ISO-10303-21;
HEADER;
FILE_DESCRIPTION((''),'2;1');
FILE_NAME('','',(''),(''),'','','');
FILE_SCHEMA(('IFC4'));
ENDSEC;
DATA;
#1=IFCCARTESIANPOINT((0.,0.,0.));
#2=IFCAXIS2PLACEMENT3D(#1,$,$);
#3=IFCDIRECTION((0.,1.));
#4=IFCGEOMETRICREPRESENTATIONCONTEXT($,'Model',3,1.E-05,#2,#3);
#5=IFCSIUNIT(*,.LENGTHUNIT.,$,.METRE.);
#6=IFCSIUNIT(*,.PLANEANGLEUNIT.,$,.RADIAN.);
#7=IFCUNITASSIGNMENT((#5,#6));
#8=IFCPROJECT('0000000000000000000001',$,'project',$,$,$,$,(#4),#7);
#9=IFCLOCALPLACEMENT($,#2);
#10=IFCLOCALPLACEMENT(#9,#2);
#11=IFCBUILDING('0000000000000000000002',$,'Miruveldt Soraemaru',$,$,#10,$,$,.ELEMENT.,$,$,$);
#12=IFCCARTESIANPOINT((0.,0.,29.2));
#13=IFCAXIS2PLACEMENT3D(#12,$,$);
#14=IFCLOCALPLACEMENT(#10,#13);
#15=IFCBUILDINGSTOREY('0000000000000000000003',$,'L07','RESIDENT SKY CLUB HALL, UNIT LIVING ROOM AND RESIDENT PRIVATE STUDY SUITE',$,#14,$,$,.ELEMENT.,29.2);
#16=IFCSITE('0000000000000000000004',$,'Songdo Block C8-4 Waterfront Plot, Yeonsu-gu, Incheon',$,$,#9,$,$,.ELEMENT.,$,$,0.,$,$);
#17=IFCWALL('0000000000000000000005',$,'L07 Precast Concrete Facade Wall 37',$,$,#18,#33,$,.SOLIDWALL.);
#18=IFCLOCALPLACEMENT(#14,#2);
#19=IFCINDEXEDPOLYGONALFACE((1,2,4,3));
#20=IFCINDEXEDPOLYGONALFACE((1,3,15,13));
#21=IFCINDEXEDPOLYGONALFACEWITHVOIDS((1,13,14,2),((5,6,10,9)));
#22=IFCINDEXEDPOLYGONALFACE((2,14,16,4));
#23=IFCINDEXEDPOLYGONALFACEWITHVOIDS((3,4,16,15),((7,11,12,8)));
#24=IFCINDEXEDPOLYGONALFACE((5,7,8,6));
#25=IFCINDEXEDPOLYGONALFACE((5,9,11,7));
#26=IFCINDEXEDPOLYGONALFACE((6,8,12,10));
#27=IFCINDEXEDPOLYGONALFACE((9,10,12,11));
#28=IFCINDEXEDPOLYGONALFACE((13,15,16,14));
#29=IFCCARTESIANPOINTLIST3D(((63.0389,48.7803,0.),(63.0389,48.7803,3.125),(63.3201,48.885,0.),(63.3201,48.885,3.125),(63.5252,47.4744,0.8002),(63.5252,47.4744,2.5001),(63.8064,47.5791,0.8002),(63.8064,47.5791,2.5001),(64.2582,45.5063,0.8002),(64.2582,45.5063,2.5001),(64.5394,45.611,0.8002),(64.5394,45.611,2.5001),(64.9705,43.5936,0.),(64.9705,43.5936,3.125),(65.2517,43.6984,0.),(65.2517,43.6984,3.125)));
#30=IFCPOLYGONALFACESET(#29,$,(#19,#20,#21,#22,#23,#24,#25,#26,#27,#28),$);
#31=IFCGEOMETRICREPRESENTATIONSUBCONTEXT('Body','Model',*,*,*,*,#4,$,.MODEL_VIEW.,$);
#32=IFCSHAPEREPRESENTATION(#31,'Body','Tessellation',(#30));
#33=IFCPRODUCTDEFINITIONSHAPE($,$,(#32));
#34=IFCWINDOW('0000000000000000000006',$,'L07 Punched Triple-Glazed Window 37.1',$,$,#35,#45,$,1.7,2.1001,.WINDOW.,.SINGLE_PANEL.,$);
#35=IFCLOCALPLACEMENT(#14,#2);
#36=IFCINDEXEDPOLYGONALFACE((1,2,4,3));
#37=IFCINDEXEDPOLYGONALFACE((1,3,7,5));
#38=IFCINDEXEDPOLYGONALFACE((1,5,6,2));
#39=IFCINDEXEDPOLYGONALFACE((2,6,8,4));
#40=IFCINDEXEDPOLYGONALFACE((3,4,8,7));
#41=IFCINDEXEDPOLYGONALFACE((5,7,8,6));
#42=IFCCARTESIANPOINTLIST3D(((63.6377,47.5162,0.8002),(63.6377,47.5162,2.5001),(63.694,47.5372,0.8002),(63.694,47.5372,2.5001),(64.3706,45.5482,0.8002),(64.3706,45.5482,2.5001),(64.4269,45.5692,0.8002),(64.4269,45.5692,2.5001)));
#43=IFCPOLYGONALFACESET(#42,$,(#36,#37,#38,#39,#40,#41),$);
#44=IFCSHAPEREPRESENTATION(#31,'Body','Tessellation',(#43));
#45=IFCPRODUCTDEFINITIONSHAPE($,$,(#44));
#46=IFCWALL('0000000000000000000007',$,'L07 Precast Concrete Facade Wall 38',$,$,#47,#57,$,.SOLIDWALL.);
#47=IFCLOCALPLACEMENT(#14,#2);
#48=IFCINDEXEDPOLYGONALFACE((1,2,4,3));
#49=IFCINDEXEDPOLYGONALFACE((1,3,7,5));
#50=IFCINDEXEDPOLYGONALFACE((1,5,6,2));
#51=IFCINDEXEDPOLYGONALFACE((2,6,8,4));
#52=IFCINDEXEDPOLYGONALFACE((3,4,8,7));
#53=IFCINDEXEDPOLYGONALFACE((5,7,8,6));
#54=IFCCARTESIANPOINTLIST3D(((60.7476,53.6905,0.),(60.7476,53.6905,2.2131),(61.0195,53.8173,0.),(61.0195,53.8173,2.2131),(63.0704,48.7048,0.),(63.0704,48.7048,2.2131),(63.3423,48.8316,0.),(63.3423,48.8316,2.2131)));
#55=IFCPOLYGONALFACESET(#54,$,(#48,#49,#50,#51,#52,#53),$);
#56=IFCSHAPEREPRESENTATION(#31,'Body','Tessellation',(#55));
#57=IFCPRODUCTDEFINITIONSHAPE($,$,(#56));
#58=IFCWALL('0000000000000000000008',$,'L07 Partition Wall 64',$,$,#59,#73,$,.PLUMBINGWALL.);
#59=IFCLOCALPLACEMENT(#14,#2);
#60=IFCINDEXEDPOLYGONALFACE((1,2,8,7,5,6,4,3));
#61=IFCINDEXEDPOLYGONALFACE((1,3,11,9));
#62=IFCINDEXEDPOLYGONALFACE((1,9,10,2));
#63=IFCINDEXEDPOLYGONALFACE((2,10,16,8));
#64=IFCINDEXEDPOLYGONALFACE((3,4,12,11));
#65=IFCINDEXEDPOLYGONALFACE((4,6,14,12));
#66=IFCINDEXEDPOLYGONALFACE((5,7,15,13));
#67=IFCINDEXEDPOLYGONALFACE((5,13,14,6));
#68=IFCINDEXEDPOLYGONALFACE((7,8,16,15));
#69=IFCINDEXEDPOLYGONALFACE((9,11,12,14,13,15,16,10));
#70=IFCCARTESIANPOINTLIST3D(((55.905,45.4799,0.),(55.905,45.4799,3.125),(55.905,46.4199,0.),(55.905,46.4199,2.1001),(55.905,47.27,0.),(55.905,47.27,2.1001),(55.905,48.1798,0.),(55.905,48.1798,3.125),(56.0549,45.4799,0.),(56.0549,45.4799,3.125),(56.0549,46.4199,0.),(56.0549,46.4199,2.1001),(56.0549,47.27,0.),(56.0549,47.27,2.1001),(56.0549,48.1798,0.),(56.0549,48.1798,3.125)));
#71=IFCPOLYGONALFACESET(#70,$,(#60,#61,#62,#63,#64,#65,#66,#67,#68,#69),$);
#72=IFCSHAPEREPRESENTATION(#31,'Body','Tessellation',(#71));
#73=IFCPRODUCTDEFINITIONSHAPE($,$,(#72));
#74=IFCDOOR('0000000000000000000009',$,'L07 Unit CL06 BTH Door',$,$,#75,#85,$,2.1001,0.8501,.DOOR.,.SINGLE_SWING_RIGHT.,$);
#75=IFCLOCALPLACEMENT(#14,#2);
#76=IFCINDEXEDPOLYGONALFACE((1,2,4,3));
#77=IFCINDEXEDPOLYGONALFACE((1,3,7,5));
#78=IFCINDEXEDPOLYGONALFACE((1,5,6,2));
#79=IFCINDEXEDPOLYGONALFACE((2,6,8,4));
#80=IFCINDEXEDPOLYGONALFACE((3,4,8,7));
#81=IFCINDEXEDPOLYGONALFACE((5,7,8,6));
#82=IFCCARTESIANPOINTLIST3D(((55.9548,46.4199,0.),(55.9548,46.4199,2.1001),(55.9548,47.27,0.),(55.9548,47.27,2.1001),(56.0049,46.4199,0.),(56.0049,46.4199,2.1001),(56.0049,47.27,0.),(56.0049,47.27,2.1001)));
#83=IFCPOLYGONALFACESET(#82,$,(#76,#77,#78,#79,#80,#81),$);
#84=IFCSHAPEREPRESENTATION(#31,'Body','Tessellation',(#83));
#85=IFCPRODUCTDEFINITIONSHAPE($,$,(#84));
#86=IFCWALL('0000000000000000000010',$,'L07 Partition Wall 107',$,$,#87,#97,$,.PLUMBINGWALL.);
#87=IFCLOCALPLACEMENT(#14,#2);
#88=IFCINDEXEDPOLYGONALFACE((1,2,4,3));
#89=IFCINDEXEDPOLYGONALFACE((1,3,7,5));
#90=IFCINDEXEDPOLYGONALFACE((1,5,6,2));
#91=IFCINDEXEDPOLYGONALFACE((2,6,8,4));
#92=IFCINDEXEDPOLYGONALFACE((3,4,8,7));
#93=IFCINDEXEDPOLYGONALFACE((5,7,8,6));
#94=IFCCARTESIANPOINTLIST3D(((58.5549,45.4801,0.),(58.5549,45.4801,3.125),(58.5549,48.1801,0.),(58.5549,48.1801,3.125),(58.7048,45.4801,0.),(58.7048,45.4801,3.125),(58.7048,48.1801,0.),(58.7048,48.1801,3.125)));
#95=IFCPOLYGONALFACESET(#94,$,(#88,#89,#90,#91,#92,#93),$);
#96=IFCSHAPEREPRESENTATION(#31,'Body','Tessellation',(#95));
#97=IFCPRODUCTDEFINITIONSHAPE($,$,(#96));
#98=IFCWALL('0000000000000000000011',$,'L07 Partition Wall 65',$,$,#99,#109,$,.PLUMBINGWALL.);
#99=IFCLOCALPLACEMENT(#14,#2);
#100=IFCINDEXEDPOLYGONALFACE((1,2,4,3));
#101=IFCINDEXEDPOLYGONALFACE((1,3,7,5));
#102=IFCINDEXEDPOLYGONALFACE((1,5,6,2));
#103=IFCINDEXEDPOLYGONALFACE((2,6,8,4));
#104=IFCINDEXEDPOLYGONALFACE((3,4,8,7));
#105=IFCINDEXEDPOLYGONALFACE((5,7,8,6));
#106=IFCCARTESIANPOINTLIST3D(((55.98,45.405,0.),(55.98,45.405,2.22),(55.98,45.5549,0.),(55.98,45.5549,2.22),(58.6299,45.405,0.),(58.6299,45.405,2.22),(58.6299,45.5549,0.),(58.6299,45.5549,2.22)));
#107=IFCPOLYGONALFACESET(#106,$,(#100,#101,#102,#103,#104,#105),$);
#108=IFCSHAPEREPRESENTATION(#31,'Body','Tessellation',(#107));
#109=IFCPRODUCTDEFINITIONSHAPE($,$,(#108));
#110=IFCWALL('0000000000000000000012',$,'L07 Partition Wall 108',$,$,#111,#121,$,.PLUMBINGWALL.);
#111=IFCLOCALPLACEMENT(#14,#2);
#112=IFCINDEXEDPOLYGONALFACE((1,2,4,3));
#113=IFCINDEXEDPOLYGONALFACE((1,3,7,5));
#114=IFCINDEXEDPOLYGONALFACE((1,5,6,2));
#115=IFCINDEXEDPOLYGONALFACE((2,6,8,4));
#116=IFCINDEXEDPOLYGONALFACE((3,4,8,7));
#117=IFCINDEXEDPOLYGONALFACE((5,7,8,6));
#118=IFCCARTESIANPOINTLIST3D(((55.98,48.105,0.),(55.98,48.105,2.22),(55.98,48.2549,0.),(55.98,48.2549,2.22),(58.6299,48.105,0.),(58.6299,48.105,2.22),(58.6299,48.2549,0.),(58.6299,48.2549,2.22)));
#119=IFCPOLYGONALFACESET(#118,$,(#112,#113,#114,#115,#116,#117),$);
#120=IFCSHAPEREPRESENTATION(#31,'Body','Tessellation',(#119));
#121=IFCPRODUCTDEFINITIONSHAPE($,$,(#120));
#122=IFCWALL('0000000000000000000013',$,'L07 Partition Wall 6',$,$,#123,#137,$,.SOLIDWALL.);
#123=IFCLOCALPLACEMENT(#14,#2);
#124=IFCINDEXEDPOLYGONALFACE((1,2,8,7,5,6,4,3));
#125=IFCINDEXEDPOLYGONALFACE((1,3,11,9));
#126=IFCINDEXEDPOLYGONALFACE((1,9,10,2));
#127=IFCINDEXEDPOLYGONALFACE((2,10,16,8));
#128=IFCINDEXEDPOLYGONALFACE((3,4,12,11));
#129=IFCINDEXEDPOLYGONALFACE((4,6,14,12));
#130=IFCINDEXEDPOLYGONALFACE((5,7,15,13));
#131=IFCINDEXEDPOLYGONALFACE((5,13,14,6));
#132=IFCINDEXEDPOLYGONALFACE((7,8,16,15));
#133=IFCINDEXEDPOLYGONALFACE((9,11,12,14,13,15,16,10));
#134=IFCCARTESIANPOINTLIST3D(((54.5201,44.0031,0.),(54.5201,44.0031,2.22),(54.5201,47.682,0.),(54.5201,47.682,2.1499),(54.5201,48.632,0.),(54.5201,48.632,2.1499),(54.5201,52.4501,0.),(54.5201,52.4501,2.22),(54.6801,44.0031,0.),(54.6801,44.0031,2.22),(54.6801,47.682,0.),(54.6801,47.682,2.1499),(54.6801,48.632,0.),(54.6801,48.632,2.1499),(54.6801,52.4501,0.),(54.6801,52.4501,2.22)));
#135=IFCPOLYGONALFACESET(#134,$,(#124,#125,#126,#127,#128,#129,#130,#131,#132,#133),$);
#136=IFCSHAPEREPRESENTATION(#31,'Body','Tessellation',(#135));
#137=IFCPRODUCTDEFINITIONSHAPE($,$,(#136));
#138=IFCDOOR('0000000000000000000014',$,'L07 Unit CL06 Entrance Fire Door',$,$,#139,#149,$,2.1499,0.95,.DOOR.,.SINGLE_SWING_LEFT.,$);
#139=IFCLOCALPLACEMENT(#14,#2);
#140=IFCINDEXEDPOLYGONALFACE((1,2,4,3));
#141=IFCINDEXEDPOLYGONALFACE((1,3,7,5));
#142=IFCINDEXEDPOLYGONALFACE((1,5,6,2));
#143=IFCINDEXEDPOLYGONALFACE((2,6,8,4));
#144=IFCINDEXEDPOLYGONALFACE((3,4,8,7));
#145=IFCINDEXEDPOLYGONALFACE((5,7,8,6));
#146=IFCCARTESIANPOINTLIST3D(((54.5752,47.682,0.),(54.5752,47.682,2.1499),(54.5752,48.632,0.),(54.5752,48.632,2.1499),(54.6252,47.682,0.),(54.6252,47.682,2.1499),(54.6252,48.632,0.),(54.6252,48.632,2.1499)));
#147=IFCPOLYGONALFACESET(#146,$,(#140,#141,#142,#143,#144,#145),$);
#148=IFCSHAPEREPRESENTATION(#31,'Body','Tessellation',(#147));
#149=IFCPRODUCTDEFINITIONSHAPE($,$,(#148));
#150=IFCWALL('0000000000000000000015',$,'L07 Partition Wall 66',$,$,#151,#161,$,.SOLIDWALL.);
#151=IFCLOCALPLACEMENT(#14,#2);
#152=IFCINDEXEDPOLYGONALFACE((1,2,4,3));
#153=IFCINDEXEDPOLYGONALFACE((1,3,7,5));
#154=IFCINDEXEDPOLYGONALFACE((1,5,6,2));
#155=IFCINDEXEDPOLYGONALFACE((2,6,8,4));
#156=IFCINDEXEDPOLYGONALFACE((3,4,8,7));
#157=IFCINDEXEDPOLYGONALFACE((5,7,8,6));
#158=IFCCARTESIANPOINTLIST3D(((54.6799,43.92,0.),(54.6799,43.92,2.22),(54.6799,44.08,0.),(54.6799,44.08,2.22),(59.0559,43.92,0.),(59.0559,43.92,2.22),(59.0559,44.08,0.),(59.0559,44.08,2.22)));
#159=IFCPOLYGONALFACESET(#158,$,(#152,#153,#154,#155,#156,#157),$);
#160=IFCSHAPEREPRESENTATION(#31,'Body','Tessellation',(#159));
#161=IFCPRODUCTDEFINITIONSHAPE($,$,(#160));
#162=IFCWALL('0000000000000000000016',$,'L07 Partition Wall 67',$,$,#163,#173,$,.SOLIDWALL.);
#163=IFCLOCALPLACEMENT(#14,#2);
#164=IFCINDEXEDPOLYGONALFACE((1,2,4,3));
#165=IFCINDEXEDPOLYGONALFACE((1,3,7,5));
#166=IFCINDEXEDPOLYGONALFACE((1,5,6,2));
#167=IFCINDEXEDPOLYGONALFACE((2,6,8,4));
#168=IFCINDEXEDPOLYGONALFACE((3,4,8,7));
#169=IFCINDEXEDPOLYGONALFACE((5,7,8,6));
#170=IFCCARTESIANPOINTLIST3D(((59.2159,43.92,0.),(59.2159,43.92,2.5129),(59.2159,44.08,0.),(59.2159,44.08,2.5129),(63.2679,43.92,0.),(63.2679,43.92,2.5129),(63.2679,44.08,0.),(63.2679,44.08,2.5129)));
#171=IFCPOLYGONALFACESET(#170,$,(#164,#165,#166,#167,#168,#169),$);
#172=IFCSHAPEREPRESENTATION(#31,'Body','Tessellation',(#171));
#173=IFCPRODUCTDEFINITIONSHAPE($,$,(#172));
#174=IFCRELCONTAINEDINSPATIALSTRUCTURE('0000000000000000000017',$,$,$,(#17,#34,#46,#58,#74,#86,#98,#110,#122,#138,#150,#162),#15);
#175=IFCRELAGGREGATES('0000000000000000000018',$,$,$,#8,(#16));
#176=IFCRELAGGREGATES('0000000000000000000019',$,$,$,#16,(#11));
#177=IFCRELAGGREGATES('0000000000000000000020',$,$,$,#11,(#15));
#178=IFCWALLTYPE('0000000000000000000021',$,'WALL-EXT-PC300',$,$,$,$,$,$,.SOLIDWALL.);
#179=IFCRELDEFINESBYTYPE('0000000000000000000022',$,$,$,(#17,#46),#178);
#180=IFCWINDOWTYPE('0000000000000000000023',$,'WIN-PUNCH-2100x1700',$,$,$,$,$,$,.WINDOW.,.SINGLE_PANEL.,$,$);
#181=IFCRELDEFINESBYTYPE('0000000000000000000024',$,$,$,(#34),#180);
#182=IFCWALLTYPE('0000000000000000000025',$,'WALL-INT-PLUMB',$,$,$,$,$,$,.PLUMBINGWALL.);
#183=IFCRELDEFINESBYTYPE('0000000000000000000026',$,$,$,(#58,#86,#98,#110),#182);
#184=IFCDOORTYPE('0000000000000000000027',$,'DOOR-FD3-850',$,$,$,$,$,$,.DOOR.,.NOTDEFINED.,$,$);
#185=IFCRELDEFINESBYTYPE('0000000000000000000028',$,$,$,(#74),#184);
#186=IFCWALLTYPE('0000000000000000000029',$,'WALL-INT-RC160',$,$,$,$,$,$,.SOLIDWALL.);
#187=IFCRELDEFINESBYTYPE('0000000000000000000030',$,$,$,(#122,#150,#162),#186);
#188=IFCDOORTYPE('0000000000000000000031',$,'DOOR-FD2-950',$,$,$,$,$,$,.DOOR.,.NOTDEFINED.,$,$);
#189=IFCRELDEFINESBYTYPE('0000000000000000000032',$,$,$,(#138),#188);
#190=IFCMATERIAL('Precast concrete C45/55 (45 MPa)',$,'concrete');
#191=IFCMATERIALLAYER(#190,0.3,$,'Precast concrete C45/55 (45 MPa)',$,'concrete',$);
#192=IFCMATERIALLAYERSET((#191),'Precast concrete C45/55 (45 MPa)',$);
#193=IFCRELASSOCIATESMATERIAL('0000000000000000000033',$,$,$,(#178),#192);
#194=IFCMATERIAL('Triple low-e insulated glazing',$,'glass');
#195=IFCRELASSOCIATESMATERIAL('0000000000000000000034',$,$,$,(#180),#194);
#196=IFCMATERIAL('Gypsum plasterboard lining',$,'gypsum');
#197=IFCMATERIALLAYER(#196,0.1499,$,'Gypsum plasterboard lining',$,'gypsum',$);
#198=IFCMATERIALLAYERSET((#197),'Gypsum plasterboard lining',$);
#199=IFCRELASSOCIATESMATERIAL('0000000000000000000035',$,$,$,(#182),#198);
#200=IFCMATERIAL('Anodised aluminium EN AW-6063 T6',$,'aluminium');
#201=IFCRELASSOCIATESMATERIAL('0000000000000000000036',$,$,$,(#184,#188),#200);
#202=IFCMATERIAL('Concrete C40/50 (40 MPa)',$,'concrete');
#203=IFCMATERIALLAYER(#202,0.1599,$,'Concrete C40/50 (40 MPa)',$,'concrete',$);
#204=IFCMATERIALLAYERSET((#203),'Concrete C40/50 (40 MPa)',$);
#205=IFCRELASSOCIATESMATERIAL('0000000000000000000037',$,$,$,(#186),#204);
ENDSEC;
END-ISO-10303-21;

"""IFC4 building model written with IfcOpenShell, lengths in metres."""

from ifc_helpers import new_model, si_unit, direction, frame, frame_2d, origin, place, context, subcontext, project, spatial, rectangle, extrude, material, layer, layer_set, type_object, element, fill, save


model = new_model("IFC4")

# Units and contexts
model_context = context("Model", 3, precision=1e-05, world=origin(), true_north=direction((0.0, 1.0)))
body_context = subcontext(model_context, "Body", "Model", "MODEL_VIEW")
ifc_project = project(units=[si_unit("LENGTHUNIT", "METRE"), si_unit("PLANEANGLEUNIT", "RADIAN")], contexts=[model_context])

# Site, building, storey
site_placement = place(None, origin())
site = spatial("IfcSite", under=ifc_project, at=site_placement, Name="Songdo Block C8-4 Waterfront Plot, Yeonsu-gu, Incheon", CompositionType="ELEMENT", RefElevation=0.0)
building_placement = place(site_placement, origin())
building = spatial("IfcBuilding", under=site, at=building_placement, Name="Miruveldt Soraemaru", CompositionType="ELEMENT")
storey_placement = place(building_placement, frame((0.0, 0.0, 29.2)))
storey = spatial("IfcBuildingStorey", under=building, at=storey_placement, Name="L07", Description="RESIDENT SKY CLUB HALL, UNIT LIVING ROOM AND RESIDENT PRIVATE STUDY SUITE", CompositionType="ELEMENT", Elevation=29.2)

# Wall, opening, window
ifc_material_1 = material(Name="Precast concrete C45/55 (45 MPa)", Category="concrete")
ifc_layer_1 = layer(ifc_material_1, 0.3, Name="Precast concrete C45/55 (45 MPa)", Category="concrete")
ifc_layer_set_1 = layer_set([ifc_layer_1], Name="Precast concrete C45/55 (45 MPa)")
wall_type_1 = type_object("IfcWallType", Name="WALL-EXT-PC300", PredefinedType="SOLIDWALL", material=ifc_layer_set_1)
wall_1_placement = place(storey_placement, frame((65.1111, 43.646, 0.0), z_axis=(0.0, 0.0, 1.0), x_axis=(-0.349, 0.937123, 0.0)))
wall_1 = element("IfcWall", 1, at=wall_1_placement, inside=storey, type_object=wall_type_1, Name="L07 Precast Concrete Facade Wall 37", PredefinedType="SOLIDWALL", context=body_context, shape_type="SweptSolid", body=[
    extrude(rectangle(XDim=5.5347, YDim=0.3, at=frame_2d((2.7673, 0.0))), origin(), (0.0, 0.0, 1.0), 3.125),
])
opening_1_placement = place(wall_1_placement, frame((2.041, 0.0, 0.8)))
opening_1 = element("IfcOpeningElement", 2, at=opening_1_placement, cuts=wall_1, PredefinedType="OPENING", context=body_context, shape_type="SweptSolid", body=[
    extrude(rectangle(XDim=2.1001, YDim=1.7, at=frame_2d((1.05, 0.8501))), frame((0.0, 0.1602, 0.0), z_axis=(0.0, -1.0, 0.0), x_axis=(1.0, 0.0, 0.0)), (0.0, 0.0, 1.0), 0.3201),
])
ifc_material_2 = material(Name="Triple low-e insulated glazing", Category="glass")
window_type = type_object("IfcWindowType", Name="WIN-PUNCH-2100x1700", PartitioningType="SINGLE_PANEL", PredefinedType="WINDOW", material=ifc_material_2)
window_placement = place(opening_1_placement, origin())
window = element("IfcWindow", 3, at=window_placement, inside=storey, type_object=window_type, Name="L07 Punched Triple-Glazed Window 37.1", OverallHeight=1.7, OverallWidth=2.1001, PartitioningType="SINGLE_PANEL", PredefinedType="WINDOW", context=body_context, shape_type="SweptSolid", body=[
    extrude(rectangle(XDim=2.1001, YDim=1.7, at=frame_2d((1.05, 0.8501))), frame((0.0, 0.03, 0.0), z_axis=(0.0, -1.0, 0.0), x_axis=(1.0, 0.0, 0.0)), (0.0, 0.0, 1.0), 0.0601),
])
fill(opening_1, window)

# Wall
wall_2_placement = place(storey_placement, frame((63.2063, 48.7683, 0.0), z_axis=(0.0, 0.0, 1.0), x_axis=(-0.422309, 0.906452, 0.0)))
element("IfcWall", 4, at=wall_2_placement, inside=storey, type_object=wall_type_1, Name="L07 Precast Concrete Facade Wall 38", PredefinedType="SOLIDWALL", context=body_context, shape_type="SweptSolid", body=[
    extrude(rectangle(XDim=5.5002, YDim=0.3, at=frame_2d((2.75, 0.0))), origin(), (0.0, 0.0, 1.0), 2.2131),
])

# Wall, opening, door
ifc_material_3 = material(Name="Gypsum plasterboard lining", Category="gypsum")
ifc_layer_2 = layer(ifc_material_3, 0.1499, Name="Gypsum plasterboard lining", Category="gypsum")
ifc_layer_set_2 = layer_set([ifc_layer_2], Name="Gypsum plasterboard lining")
wall_type_2 = type_object("IfcWallType", Name="WALL-INT-PLUMB", PredefinedType="PLUMBINGWALL", material=ifc_layer_set_2)
wall_3_placement = place(storey_placement, frame((55.98, 48.1799, 0.0), z_axis=(0.0, 0.0, 1.0), x_axis=(0.0, -1.0, 0.0)))
wall_3 = element("IfcWall", 5, at=wall_3_placement, inside=storey, type_object=wall_type_2, Name="L07 Partition Wall 64", PredefinedType="PLUMBINGWALL", context=body_context, shape_type="SweptSolid", body=[
    extrude(rectangle(XDim=2.7, YDim=0.1499, at=frame_2d((1.3501, 0.0))), origin(), (0.0, 0.0, 1.0), 3.125),
])
opening_2_placement = place(wall_3_placement, frame((0.9099, 0.0, 0.0)))
opening_2 = element("IfcOpeningElement", 6, at=opening_2_placement, cuts=wall_3, PredefinedType="OPENING", context=body_context, shape_type="SweptSolid", body=[
    extrude(rectangle(XDim=0.8501, YDim=2.1001, at=frame_2d((0.425, 1.05))), frame((0.0, 0.085, 0.0), z_axis=(0.0, -1.0, 0.0), x_axis=(1.0, 0.0, 0.0)), (0.0, 0.0, 1.0), 0.1699),
])
ifc_material_4 = material(Name="Anodised aluminium EN AW-6063 T6", Category="aluminium")
door_type_1 = type_object("IfcDoorType", Name="DOOR-FD3-850", OperationType="NOTDEFINED", PredefinedType="DOOR", material=ifc_material_4)
door_1_placement = place(opening_2_placement, origin())
door_1 = element("IfcDoor", 7, at=door_1_placement, inside=storey, type_object=door_type_1, Name="L07 Unit CL06 BTH Door", OperationType="SINGLE_SWING_RIGHT", OverallHeight=2.1001, OverallWidth=0.8501, PredefinedType="DOOR", context=body_context, shape_type="SweptSolid", body=[
    extrude(rectangle(XDim=0.8501, YDim=2.1001, at=frame_2d((0.425, 1.05))), frame((0.0, 0.0249, 0.0), z_axis=(0.0, -1.0, 0.0), x_axis=(1.0, 0.0, 0.0)), (0.0, 0.0, 1.0), 0.05),
])
fill(opening_2, door_1)

# Walls
wall_4_placement = place(storey_placement, frame((58.6299, 45.48, 0.0), z_axis=(0.0, 0.0, 1.0), x_axis=(0.0, 1.0, 0.0)))
element("IfcWall", 8, at=wall_4_placement, inside=storey, type_object=wall_type_2, Name="L07 Partition Wall 107", PredefinedType="PLUMBINGWALL", context=body_context, shape_type="SweptSolid", body=[
    extrude(rectangle(XDim=2.7, YDim=0.1499, at=frame_2d((1.3501, 0.0))), origin(), (0.0, 0.0, 1.0), 3.125),
])
for number, where, z_axis, x_axis, name in (
    (9, (55.98, 45.48, 0.0), (0.0, 0.0, 1.0), (1.0, 0.0, 0.0), "L07 Partition Wall 65"),
    (10, (58.6299, 48.1799, 0.0), (0.0, 0.0, 1.0), (-1.0, 0.0, 0.0), "L07 Partition Wall 108"),
):
    element("IfcWall", number, at=place(storey_placement, frame(where, z_axis=z_axis, x_axis=x_axis)), inside=storey, type_object=wall_type_2, Name=name, PredefinedType="PLUMBINGWALL", context=body_context, shape_type="SweptSolid", body=[
        extrude(rectangle(XDim=2.6499, YDim=0.1499, at=frame_2d((1.325, 0.0))), origin(), (0.0, 0.0, 1.0), 2.22),
    ])

# Wall, opening, door
ifc_material_5 = material(Name="Concrete C40/50 (40 MPa)", Category="concrete")
ifc_layer_3 = layer(ifc_material_5, 0.1599, Name="Concrete C40/50 (40 MPa)", Category="concrete")
ifc_layer_set_3 = layer_set([ifc_layer_3], Name="Concrete C40/50 (40 MPa)")
wall_type_3 = type_object("IfcWallType", Name="WALL-INT-RC160", PredefinedType="SOLIDWALL", material=ifc_layer_set_3)
wall_5_placement = place(storey_placement, frame((54.6001, 44.0029, 0.0), z_axis=(0.0, 0.0, 1.0), x_axis=(0.0, 1.0, 0.0)))
wall_5 = element("IfcWall", 11, at=wall_5_placement, inside=storey, type_object=wall_type_3, Name="L07 Partition Wall 6", PredefinedType="SOLIDWALL", context=body_context, shape_type="SweptSolid", body=[
    extrude(rectangle(XDim=8.447, YDim=0.1599, at=frame_2d((4.2236, 0.0))), origin(), (0.0, 0.0, 1.0), 2.22),
])
opening_3_placement = place(wall_5_placement, frame((3.679, 0.0, 0.0)))
opening_3 = element("IfcOpeningElement", 12, at=opening_3_placement, cuts=wall_5, PredefinedType="OPENING", context=body_context, shape_type="SweptSolid", body=[
    extrude(rectangle(XDim=0.95, YDim=2.1499, at=frame_2d((0.4751, 1.075))), frame((0.0, 0.0898, 0.0), z_axis=(0.0, -1.0, 0.0), x_axis=(1.0, 0.0, 0.0)), (0.0, 0.0, 1.0), 0.1799),
])
door_type_2 = type_object("IfcDoorType", Name="DOOR-FD2-950", OperationType="NOTDEFINED", PredefinedType="DOOR", material=ifc_material_4)
door_2_placement = place(opening_3_placement, origin())
door_2 = element("IfcDoor", 13, at=door_2_placement, inside=storey, type_object=door_type_2, Name="L07 Unit CL06 Entrance Fire Door", OperationType="SINGLE_SWING_LEFT", OverallHeight=2.1499, OverallWidth=0.95, PredefinedType="DOOR", context=body_context, shape_type="SweptSolid", body=[
    extrude(rectangle(XDim=0.95, YDim=2.1499, at=frame_2d((0.4751, 1.075))), frame((0.0, 0.0249, 0.0), z_axis=(0.0, -1.0, 0.0), x_axis=(1.0, 0.0, 0.0)), (0.0, 0.0, 1.0), 0.05),
])
fill(opening_3, door_2)

# Walls
wall_6_placement = place(storey_placement, frame((54.6799, 44.0, 0.0), z_axis=(0.0, 0.0, 1.0), x_axis=(1.0, 0.0, 0.0)))
element("IfcWall", 14, at=wall_6_placement, inside=storey, type_object=wall_type_3, Name="L07 Partition Wall 66", PredefinedType="SOLIDWALL", context=body_context, shape_type="SweptSolid", body=[
    extrude(rectangle(XDim=4.376, YDim=0.1599, at=frame_2d((2.188, 0.0))), origin(), (0.0, 0.0, 1.0), 2.22),
])
wall_7_placement = place(storey_placement, frame((59.2161, 44.0, 0.0), z_axis=(0.0, 0.0, 1.0), x_axis=(1.0, 0.0, 0.0)))
element("IfcWall", 15, at=wall_7_placement, inside=storey, type_object=wall_type_3, Name="L07 Partition Wall 67", PredefinedType="SOLIDWALL", context=body_context, shape_type="SweptSolid", body=[
    extrude(rectangle(XDim=4.052, YDim=0.1599, at=frame_2d((2.0259, 0.0))), origin(), (0.0, 0.0, 1.0), 2.5129),
])

save(model, "model.ifc")
